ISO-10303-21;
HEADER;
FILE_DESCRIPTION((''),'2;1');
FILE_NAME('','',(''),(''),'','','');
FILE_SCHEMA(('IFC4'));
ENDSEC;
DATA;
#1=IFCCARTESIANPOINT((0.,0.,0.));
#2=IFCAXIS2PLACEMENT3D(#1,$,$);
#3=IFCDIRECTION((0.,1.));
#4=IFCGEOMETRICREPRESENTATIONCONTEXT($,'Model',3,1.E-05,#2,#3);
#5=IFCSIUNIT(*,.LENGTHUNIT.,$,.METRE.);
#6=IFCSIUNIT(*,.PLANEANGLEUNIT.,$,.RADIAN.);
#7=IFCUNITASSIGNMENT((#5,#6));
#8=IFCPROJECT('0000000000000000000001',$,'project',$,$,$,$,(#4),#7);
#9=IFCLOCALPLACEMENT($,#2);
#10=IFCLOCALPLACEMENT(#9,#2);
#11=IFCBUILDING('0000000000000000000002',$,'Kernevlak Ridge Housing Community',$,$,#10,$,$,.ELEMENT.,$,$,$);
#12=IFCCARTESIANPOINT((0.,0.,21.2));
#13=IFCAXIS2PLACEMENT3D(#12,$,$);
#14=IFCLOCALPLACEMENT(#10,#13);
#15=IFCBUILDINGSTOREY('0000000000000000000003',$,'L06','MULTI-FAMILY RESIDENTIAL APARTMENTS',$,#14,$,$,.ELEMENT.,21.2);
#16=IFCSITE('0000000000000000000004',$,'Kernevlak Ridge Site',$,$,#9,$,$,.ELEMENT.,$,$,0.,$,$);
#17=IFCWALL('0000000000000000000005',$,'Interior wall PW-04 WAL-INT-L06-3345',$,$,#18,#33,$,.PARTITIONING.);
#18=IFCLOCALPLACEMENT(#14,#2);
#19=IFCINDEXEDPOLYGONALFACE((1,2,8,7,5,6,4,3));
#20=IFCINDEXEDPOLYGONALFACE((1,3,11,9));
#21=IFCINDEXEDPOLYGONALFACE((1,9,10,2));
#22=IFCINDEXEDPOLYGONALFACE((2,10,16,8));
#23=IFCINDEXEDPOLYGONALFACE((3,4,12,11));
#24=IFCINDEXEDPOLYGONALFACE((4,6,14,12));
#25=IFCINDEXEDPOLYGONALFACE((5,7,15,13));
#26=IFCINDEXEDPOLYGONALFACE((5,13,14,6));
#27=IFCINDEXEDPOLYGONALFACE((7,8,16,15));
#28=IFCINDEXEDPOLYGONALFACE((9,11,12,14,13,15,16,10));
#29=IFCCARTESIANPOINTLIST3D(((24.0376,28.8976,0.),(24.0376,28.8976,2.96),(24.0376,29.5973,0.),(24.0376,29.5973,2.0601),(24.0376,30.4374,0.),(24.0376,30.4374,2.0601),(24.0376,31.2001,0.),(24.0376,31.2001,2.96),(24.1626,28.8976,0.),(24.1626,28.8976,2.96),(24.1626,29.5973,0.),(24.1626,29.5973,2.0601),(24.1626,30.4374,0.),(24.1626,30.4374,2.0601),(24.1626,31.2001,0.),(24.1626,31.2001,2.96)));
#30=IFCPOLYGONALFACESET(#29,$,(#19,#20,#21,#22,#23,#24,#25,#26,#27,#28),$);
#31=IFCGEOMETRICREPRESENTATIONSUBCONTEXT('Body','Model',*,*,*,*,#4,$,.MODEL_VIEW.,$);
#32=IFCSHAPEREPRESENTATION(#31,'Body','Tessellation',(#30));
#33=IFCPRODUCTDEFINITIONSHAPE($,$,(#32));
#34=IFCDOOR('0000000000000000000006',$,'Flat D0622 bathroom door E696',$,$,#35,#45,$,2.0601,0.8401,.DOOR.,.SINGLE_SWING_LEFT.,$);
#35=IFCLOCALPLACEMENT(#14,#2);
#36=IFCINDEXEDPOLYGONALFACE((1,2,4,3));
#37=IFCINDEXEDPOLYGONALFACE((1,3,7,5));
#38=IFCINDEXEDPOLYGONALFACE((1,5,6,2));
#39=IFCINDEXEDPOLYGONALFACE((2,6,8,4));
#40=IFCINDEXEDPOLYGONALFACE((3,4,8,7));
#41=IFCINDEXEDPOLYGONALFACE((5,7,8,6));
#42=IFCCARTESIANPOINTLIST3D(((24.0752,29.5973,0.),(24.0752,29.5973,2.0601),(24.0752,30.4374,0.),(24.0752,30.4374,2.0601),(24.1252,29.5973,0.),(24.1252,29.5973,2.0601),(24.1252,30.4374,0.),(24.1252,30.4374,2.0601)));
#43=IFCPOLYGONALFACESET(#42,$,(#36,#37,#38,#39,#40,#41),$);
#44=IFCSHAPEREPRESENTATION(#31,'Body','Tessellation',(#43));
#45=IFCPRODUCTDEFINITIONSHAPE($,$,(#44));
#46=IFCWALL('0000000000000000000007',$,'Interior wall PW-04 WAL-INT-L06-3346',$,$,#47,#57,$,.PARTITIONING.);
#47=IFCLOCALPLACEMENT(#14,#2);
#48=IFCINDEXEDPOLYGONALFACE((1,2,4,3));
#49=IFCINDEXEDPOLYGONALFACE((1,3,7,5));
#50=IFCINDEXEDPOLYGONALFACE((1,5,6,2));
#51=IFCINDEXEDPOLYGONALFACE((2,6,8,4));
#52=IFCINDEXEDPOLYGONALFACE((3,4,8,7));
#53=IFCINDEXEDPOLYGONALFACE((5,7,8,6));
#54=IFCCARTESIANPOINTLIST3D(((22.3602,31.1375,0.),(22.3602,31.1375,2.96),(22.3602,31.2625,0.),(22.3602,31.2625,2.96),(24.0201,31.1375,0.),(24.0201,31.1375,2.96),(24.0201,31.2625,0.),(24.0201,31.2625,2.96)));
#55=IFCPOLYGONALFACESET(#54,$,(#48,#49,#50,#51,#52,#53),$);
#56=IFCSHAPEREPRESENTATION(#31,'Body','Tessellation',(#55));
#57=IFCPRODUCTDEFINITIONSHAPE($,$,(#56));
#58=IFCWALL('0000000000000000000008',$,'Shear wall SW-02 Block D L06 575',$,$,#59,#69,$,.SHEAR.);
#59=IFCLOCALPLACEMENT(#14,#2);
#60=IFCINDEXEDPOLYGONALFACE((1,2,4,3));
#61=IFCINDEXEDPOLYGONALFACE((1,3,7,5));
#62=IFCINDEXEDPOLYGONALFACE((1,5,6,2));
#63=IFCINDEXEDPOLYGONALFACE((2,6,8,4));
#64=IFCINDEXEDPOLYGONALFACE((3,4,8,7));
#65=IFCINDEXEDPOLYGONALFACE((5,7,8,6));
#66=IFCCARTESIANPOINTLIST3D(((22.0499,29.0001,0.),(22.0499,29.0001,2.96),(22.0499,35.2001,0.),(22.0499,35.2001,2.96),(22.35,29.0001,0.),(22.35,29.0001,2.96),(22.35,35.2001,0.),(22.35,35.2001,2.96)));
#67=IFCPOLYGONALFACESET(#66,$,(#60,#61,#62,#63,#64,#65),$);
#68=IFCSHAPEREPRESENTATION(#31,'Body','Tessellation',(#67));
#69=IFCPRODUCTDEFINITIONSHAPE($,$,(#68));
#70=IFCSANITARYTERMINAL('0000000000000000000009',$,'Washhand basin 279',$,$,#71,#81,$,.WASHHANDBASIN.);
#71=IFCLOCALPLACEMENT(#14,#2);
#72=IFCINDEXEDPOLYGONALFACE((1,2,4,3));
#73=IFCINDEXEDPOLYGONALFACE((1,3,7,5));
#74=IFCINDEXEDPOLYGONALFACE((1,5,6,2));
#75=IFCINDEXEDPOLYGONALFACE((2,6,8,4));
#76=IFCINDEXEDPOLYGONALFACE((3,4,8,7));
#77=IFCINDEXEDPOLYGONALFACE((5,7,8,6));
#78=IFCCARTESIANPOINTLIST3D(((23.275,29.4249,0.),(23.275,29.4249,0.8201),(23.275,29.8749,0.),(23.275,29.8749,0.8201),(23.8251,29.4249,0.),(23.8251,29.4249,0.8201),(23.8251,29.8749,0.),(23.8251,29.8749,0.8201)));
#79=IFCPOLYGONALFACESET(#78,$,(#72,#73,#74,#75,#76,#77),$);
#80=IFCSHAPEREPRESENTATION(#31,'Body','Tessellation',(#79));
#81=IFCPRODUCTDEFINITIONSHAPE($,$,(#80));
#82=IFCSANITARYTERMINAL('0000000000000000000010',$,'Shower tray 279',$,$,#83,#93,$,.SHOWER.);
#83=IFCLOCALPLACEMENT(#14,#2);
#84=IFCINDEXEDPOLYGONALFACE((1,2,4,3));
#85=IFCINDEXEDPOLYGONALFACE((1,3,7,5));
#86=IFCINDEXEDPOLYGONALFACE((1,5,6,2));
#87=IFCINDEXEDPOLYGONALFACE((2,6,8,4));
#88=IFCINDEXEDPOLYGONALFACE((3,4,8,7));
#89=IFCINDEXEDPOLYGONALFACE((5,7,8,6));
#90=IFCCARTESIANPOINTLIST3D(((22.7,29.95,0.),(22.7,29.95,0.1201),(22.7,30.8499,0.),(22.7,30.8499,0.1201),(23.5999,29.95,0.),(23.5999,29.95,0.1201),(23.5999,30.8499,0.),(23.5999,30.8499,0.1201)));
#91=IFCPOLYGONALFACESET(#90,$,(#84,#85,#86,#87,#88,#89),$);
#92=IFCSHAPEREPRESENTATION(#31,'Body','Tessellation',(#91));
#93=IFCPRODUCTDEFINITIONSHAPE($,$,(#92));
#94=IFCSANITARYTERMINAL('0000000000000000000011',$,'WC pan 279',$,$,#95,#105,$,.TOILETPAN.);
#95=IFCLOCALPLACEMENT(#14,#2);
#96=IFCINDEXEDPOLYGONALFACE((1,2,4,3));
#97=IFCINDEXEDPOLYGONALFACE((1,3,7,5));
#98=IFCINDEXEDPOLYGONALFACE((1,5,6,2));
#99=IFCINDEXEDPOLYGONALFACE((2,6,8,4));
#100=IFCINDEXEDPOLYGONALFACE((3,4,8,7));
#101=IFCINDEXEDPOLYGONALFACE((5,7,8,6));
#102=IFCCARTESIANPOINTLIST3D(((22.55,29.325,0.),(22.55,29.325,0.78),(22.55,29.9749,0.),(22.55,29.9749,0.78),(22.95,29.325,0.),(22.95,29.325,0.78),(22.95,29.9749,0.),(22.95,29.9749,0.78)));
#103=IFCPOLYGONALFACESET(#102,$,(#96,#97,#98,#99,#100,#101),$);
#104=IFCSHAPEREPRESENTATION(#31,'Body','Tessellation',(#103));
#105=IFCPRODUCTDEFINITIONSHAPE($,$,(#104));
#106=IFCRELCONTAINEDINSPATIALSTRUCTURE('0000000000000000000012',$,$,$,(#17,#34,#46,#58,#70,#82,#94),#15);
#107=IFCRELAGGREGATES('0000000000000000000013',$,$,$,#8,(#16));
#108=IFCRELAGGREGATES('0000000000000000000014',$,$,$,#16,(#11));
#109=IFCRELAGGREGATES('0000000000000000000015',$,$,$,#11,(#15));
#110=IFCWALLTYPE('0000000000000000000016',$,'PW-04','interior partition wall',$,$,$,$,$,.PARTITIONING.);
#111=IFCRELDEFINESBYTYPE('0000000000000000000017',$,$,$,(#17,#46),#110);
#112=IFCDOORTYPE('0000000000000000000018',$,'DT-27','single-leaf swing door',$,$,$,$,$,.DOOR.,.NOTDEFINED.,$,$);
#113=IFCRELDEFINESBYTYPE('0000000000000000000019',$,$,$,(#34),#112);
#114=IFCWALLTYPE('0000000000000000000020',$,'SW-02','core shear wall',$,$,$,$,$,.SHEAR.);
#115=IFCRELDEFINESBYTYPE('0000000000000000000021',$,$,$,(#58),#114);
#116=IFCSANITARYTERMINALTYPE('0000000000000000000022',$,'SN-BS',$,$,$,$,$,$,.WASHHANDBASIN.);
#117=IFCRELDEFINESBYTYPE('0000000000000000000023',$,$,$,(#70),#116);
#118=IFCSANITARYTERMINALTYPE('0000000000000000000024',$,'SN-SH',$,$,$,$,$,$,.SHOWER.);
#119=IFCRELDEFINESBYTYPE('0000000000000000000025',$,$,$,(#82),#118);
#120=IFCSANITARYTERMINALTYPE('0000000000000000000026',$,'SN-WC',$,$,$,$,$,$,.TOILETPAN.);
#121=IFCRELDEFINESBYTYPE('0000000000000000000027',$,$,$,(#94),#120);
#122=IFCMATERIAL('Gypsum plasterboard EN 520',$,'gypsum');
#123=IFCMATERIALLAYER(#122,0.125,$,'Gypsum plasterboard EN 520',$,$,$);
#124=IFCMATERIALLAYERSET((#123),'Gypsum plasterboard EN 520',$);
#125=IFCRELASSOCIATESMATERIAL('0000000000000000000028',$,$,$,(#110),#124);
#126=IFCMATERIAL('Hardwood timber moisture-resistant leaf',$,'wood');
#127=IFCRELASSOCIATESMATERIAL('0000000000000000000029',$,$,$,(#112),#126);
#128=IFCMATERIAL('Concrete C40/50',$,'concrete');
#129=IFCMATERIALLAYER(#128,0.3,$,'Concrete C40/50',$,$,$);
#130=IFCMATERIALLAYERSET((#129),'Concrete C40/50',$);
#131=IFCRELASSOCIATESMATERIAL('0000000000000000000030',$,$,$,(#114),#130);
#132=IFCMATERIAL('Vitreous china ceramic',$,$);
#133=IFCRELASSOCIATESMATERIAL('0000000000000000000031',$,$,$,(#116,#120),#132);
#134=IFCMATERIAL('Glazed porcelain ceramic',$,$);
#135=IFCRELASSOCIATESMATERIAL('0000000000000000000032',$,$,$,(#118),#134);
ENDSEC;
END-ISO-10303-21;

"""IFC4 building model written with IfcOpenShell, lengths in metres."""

from ifc_helpers import new_model, si_unit, direction, frame, frame_2d, origin, origin_2d, place, context, subcontext, project, spatial, rectangle, extrude, material, layer, layer_set, type_object, element, fill, save


model = new_model("IFC4")

# Units and contexts
model_context = context("Model", 3, precision=1e-05, world=origin(), true_north=direction((0.0, 1.0)))
body_context = subcontext(model_context, "Body", "Model", "MODEL_VIEW")
ifc_project = project(units=[si_unit("LENGTHUNIT", "METRE"), si_unit("PLANEANGLEUNIT", "RADIAN")], contexts=[model_context])

# Site, building, storey
site_placement = place(None, origin())
site = spatial("IfcSite", under=ifc_project, at=site_placement, Name="Kernevlak Ridge Site", CompositionType="ELEMENT", RefElevation=0.0)
building_placement = place(site_placement, origin())
building = spatial("IfcBuilding", under=site, at=building_placement, Name="Kernevlak Ridge Housing Community", CompositionType="ELEMENT")
storey_placement = place(building_placement, frame((0.0, 0.0, 21.2)))
storey = spatial("IfcBuildingStorey", under=building, at=storey_placement, Name="L06", Description="MULTI-FAMILY RESIDENTIAL APARTMENTS", CompositionType="ELEMENT", Elevation=21.2)

# Wall, opening, door
ifc_material_1 = material(Name="Gypsum plasterboard EN 520", Category="gypsum")
ifc_layer_1 = layer(ifc_material_1, 0.125, Name="Gypsum plasterboard EN 520")
ifc_layer_set_1 = layer_set([ifc_layer_1], Name="Gypsum plasterboard EN 520")
wall_type_1 = type_object("IfcWallType", Name="PW-04", Description="interior partition wall", PredefinedType="PARTITIONING", material=ifc_layer_set_1)
wall_1_placement = place(storey_placement, frame((24.1001, 28.8975, 0.0), z_axis=(0.0, 0.0, 1.0), x_axis=(0.0, 1.0, 0.0)))
wall_1 = element("IfcWall", 1, at=wall_1_placement, inside=storey, type_object=wall_type_1, Name="Interior wall PW-04 WAL-INT-L06-3345", PredefinedType="PARTITIONING", context=body_context, shape_type="SweptSolid", body=[
    extrude(rectangle(XDim=2.3025, YDim=0.125, at=frame_2d((1.1514, 0.0))), origin(), (0.0, 0.0, 1.0), 2.96),
])
opening_1_placement = place(wall_1_placement, frame((0.7, 0.0, 0.0)))
opening_1 = element("IfcOpeningElement", 2, at=opening_1_placement, cuts=wall_1, PredefinedType="OPENING", context=body_context, shape_type="SweptSolid", body=[
    extrude(rectangle(XDim=0.8401, YDim=2.0601, at=frame_2d((0.4199, 1.03))), frame((0.0, 0.0725, 0.0), z_axis=(0.0, -1.0, 0.0), x_axis=(1.0, 0.0, 0.0)), (0.0, 0.0, 1.0), 0.145),
])
ifc_material_2 = material(Name="Hardwood timber moisture-resistant leaf", Category="wood")
door_type_1 = type_object("IfcDoorType", Name="DT-27", Description="single-leaf swing door", OperationType="NOTDEFINED", PredefinedType="DOOR", material=ifc_material_2)
door_1_placement = place(opening_1_placement, origin())
door_1 = element("IfcDoor", 3, at=door_1_placement, inside=storey, type_object=door_type_1, Name="Flat D0622 bathroom door E696", OperationType="SINGLE_SWING_LEFT", OverallHeight=2.0601, OverallWidth=0.8401, PredefinedType="DOOR", context=body_context, shape_type="SweptSolid", body=[
    extrude(rectangle(XDim=0.8401, YDim=2.0601, at=frame_2d((0.4199, 1.03))), frame((0.0, 0.0249, 0.0), z_axis=(0.0, -1.0, 0.0), x_axis=(1.0, 0.0, 0.0)), (0.0, 0.0, 1.0), 0.05),
])
fill(opening_1, door_1)

# Walls
wall_2_placement = place(storey_placement, frame((22.3601, 31.2, 0.0), z_axis=(0.0, 0.0, 1.0), x_axis=(1.0, 0.0, 0.0)))
element("IfcWall", 4, at=wall_2_placement, inside=storey, type_object=wall_type_1, Name="Interior wall PW-04 WAL-INT-L06-3346", PredefinedType="PARTITIONING", context=body_context, shape_type="SweptSolid", body=[
    extrude(rectangle(XDim=1.6599, YDim=0.125, at=frame_2d((0.8301, 0.0))), origin(), (0.0, 0.0, 1.0), 2.96),
])
ifc_material_3 = material(Name="Concrete C40/50", Category="concrete")
ifc_layer_2 = layer(ifc_material_3, 0.3, Name="Concrete C40/50")
ifc_layer_set_2 = layer_set([ifc_layer_2], Name="Concrete C40/50")
wall_type_2 = type_object("IfcWallType", Name="SW-02", Description="core shear wall", PredefinedType="SHEAR", material=ifc_layer_set_2)
wall_3_placement = place(storey_placement, frame((22.2, 29.0, 0.0), z_axis=(0.0, 0.0, 1.0), x_axis=(0.0, 1.0, 0.0)))
element("IfcWall", 5, at=wall_3_placement, inside=storey, type_object=wall_type_2, Name="Shear wall SW-02 Block D L06 575", PredefinedType="SHEAR", context=body_context, shape_type="SweptSolid", body=[
    extrude(rectangle(XDim=6.2, YDim=0.3, at=frame_2d((3.1001, 0.0))), origin(), (0.0, 0.0, 1.0), 2.96),
])

# Sanitary terminals
ifc_material_4 = material(Name="Vitreous china ceramic")
sanitary_terminal_type_1 = type_object("IfcSanitaryTerminalType", Name="SN-BS", PredefinedType="WASHHANDBASIN", material=ifc_material_4)
sanitary_terminal_1_placement = place(storey_placement, frame((23.55, 29.6499, 0.0), z_axis=(0.0, 0.0, 1.0), x_axis=(1.0, 0.0, 0.0)))
element("IfcSanitaryTerminal", 6, at=sanitary_terminal_1_placement, inside=storey, type_object=sanitary_terminal_type_1, Name="Washhand basin 279", PredefinedType="WASHHANDBASIN", context=body_context, shape_type="SweptSolid", body=[
    extrude(rectangle(XDim=0.55, YDim=0.45, at=origin_2d()), origin(), (0.0, 0.0, 1.0), 0.8201),
])
ifc_material_5 = material(Name="Glazed porcelain ceramic")
sanitary_terminal_type_2 = type_object("IfcSanitaryTerminalType", Name="SN-SH", PredefinedType="SHOWER", material=ifc_material_5)
sanitary_terminal_2_placement = place(storey_placement, frame((23.1499, 30.3999, 0.0), z_axis=(0.0, 0.0, 1.0), x_axis=(1.0, 0.0, 0.0)))
element("IfcSanitaryTerminal", 7, at=sanitary_terminal_2_placement, inside=storey, type_object=sanitary_terminal_type_2, Name="Shower tray 279", PredefinedType="SHOWER", context=body_context, shape_type="SweptSolid", body=[
    extrude(rectangle(XDim=0.8999, YDim=0.8999, at=origin_2d()), origin(), (0.0, 0.0, 1.0), 0.1201),
])
sanitary_terminal_type_3 = type_object("IfcSanitaryTerminalType", Name="SN-WC", PredefinedType="TOILETPAN", material=ifc_material_4)
sanitary_terminal_3_placement = place(storey_placement, frame((22.75, 29.6499, 0.0), z_axis=(0.0, 0.0, 1.0), x_axis=(1.0, 0.0, 0.0)))
element("IfcSanitaryTerminal", 8, at=sanitary_terminal_3_placement, inside=storey, type_object=sanitary_terminal_type_3, Name="WC pan 279", PredefinedType="TOILETPAN", context=body_context, shape_type="SweptSolid", body=[
    extrude(rectangle(XDim=0.3999, YDim=0.6499, at=origin_2d()), origin(), (0.0, 0.0, 1.0), 0.78),
])

save(model, "model.ifc")
